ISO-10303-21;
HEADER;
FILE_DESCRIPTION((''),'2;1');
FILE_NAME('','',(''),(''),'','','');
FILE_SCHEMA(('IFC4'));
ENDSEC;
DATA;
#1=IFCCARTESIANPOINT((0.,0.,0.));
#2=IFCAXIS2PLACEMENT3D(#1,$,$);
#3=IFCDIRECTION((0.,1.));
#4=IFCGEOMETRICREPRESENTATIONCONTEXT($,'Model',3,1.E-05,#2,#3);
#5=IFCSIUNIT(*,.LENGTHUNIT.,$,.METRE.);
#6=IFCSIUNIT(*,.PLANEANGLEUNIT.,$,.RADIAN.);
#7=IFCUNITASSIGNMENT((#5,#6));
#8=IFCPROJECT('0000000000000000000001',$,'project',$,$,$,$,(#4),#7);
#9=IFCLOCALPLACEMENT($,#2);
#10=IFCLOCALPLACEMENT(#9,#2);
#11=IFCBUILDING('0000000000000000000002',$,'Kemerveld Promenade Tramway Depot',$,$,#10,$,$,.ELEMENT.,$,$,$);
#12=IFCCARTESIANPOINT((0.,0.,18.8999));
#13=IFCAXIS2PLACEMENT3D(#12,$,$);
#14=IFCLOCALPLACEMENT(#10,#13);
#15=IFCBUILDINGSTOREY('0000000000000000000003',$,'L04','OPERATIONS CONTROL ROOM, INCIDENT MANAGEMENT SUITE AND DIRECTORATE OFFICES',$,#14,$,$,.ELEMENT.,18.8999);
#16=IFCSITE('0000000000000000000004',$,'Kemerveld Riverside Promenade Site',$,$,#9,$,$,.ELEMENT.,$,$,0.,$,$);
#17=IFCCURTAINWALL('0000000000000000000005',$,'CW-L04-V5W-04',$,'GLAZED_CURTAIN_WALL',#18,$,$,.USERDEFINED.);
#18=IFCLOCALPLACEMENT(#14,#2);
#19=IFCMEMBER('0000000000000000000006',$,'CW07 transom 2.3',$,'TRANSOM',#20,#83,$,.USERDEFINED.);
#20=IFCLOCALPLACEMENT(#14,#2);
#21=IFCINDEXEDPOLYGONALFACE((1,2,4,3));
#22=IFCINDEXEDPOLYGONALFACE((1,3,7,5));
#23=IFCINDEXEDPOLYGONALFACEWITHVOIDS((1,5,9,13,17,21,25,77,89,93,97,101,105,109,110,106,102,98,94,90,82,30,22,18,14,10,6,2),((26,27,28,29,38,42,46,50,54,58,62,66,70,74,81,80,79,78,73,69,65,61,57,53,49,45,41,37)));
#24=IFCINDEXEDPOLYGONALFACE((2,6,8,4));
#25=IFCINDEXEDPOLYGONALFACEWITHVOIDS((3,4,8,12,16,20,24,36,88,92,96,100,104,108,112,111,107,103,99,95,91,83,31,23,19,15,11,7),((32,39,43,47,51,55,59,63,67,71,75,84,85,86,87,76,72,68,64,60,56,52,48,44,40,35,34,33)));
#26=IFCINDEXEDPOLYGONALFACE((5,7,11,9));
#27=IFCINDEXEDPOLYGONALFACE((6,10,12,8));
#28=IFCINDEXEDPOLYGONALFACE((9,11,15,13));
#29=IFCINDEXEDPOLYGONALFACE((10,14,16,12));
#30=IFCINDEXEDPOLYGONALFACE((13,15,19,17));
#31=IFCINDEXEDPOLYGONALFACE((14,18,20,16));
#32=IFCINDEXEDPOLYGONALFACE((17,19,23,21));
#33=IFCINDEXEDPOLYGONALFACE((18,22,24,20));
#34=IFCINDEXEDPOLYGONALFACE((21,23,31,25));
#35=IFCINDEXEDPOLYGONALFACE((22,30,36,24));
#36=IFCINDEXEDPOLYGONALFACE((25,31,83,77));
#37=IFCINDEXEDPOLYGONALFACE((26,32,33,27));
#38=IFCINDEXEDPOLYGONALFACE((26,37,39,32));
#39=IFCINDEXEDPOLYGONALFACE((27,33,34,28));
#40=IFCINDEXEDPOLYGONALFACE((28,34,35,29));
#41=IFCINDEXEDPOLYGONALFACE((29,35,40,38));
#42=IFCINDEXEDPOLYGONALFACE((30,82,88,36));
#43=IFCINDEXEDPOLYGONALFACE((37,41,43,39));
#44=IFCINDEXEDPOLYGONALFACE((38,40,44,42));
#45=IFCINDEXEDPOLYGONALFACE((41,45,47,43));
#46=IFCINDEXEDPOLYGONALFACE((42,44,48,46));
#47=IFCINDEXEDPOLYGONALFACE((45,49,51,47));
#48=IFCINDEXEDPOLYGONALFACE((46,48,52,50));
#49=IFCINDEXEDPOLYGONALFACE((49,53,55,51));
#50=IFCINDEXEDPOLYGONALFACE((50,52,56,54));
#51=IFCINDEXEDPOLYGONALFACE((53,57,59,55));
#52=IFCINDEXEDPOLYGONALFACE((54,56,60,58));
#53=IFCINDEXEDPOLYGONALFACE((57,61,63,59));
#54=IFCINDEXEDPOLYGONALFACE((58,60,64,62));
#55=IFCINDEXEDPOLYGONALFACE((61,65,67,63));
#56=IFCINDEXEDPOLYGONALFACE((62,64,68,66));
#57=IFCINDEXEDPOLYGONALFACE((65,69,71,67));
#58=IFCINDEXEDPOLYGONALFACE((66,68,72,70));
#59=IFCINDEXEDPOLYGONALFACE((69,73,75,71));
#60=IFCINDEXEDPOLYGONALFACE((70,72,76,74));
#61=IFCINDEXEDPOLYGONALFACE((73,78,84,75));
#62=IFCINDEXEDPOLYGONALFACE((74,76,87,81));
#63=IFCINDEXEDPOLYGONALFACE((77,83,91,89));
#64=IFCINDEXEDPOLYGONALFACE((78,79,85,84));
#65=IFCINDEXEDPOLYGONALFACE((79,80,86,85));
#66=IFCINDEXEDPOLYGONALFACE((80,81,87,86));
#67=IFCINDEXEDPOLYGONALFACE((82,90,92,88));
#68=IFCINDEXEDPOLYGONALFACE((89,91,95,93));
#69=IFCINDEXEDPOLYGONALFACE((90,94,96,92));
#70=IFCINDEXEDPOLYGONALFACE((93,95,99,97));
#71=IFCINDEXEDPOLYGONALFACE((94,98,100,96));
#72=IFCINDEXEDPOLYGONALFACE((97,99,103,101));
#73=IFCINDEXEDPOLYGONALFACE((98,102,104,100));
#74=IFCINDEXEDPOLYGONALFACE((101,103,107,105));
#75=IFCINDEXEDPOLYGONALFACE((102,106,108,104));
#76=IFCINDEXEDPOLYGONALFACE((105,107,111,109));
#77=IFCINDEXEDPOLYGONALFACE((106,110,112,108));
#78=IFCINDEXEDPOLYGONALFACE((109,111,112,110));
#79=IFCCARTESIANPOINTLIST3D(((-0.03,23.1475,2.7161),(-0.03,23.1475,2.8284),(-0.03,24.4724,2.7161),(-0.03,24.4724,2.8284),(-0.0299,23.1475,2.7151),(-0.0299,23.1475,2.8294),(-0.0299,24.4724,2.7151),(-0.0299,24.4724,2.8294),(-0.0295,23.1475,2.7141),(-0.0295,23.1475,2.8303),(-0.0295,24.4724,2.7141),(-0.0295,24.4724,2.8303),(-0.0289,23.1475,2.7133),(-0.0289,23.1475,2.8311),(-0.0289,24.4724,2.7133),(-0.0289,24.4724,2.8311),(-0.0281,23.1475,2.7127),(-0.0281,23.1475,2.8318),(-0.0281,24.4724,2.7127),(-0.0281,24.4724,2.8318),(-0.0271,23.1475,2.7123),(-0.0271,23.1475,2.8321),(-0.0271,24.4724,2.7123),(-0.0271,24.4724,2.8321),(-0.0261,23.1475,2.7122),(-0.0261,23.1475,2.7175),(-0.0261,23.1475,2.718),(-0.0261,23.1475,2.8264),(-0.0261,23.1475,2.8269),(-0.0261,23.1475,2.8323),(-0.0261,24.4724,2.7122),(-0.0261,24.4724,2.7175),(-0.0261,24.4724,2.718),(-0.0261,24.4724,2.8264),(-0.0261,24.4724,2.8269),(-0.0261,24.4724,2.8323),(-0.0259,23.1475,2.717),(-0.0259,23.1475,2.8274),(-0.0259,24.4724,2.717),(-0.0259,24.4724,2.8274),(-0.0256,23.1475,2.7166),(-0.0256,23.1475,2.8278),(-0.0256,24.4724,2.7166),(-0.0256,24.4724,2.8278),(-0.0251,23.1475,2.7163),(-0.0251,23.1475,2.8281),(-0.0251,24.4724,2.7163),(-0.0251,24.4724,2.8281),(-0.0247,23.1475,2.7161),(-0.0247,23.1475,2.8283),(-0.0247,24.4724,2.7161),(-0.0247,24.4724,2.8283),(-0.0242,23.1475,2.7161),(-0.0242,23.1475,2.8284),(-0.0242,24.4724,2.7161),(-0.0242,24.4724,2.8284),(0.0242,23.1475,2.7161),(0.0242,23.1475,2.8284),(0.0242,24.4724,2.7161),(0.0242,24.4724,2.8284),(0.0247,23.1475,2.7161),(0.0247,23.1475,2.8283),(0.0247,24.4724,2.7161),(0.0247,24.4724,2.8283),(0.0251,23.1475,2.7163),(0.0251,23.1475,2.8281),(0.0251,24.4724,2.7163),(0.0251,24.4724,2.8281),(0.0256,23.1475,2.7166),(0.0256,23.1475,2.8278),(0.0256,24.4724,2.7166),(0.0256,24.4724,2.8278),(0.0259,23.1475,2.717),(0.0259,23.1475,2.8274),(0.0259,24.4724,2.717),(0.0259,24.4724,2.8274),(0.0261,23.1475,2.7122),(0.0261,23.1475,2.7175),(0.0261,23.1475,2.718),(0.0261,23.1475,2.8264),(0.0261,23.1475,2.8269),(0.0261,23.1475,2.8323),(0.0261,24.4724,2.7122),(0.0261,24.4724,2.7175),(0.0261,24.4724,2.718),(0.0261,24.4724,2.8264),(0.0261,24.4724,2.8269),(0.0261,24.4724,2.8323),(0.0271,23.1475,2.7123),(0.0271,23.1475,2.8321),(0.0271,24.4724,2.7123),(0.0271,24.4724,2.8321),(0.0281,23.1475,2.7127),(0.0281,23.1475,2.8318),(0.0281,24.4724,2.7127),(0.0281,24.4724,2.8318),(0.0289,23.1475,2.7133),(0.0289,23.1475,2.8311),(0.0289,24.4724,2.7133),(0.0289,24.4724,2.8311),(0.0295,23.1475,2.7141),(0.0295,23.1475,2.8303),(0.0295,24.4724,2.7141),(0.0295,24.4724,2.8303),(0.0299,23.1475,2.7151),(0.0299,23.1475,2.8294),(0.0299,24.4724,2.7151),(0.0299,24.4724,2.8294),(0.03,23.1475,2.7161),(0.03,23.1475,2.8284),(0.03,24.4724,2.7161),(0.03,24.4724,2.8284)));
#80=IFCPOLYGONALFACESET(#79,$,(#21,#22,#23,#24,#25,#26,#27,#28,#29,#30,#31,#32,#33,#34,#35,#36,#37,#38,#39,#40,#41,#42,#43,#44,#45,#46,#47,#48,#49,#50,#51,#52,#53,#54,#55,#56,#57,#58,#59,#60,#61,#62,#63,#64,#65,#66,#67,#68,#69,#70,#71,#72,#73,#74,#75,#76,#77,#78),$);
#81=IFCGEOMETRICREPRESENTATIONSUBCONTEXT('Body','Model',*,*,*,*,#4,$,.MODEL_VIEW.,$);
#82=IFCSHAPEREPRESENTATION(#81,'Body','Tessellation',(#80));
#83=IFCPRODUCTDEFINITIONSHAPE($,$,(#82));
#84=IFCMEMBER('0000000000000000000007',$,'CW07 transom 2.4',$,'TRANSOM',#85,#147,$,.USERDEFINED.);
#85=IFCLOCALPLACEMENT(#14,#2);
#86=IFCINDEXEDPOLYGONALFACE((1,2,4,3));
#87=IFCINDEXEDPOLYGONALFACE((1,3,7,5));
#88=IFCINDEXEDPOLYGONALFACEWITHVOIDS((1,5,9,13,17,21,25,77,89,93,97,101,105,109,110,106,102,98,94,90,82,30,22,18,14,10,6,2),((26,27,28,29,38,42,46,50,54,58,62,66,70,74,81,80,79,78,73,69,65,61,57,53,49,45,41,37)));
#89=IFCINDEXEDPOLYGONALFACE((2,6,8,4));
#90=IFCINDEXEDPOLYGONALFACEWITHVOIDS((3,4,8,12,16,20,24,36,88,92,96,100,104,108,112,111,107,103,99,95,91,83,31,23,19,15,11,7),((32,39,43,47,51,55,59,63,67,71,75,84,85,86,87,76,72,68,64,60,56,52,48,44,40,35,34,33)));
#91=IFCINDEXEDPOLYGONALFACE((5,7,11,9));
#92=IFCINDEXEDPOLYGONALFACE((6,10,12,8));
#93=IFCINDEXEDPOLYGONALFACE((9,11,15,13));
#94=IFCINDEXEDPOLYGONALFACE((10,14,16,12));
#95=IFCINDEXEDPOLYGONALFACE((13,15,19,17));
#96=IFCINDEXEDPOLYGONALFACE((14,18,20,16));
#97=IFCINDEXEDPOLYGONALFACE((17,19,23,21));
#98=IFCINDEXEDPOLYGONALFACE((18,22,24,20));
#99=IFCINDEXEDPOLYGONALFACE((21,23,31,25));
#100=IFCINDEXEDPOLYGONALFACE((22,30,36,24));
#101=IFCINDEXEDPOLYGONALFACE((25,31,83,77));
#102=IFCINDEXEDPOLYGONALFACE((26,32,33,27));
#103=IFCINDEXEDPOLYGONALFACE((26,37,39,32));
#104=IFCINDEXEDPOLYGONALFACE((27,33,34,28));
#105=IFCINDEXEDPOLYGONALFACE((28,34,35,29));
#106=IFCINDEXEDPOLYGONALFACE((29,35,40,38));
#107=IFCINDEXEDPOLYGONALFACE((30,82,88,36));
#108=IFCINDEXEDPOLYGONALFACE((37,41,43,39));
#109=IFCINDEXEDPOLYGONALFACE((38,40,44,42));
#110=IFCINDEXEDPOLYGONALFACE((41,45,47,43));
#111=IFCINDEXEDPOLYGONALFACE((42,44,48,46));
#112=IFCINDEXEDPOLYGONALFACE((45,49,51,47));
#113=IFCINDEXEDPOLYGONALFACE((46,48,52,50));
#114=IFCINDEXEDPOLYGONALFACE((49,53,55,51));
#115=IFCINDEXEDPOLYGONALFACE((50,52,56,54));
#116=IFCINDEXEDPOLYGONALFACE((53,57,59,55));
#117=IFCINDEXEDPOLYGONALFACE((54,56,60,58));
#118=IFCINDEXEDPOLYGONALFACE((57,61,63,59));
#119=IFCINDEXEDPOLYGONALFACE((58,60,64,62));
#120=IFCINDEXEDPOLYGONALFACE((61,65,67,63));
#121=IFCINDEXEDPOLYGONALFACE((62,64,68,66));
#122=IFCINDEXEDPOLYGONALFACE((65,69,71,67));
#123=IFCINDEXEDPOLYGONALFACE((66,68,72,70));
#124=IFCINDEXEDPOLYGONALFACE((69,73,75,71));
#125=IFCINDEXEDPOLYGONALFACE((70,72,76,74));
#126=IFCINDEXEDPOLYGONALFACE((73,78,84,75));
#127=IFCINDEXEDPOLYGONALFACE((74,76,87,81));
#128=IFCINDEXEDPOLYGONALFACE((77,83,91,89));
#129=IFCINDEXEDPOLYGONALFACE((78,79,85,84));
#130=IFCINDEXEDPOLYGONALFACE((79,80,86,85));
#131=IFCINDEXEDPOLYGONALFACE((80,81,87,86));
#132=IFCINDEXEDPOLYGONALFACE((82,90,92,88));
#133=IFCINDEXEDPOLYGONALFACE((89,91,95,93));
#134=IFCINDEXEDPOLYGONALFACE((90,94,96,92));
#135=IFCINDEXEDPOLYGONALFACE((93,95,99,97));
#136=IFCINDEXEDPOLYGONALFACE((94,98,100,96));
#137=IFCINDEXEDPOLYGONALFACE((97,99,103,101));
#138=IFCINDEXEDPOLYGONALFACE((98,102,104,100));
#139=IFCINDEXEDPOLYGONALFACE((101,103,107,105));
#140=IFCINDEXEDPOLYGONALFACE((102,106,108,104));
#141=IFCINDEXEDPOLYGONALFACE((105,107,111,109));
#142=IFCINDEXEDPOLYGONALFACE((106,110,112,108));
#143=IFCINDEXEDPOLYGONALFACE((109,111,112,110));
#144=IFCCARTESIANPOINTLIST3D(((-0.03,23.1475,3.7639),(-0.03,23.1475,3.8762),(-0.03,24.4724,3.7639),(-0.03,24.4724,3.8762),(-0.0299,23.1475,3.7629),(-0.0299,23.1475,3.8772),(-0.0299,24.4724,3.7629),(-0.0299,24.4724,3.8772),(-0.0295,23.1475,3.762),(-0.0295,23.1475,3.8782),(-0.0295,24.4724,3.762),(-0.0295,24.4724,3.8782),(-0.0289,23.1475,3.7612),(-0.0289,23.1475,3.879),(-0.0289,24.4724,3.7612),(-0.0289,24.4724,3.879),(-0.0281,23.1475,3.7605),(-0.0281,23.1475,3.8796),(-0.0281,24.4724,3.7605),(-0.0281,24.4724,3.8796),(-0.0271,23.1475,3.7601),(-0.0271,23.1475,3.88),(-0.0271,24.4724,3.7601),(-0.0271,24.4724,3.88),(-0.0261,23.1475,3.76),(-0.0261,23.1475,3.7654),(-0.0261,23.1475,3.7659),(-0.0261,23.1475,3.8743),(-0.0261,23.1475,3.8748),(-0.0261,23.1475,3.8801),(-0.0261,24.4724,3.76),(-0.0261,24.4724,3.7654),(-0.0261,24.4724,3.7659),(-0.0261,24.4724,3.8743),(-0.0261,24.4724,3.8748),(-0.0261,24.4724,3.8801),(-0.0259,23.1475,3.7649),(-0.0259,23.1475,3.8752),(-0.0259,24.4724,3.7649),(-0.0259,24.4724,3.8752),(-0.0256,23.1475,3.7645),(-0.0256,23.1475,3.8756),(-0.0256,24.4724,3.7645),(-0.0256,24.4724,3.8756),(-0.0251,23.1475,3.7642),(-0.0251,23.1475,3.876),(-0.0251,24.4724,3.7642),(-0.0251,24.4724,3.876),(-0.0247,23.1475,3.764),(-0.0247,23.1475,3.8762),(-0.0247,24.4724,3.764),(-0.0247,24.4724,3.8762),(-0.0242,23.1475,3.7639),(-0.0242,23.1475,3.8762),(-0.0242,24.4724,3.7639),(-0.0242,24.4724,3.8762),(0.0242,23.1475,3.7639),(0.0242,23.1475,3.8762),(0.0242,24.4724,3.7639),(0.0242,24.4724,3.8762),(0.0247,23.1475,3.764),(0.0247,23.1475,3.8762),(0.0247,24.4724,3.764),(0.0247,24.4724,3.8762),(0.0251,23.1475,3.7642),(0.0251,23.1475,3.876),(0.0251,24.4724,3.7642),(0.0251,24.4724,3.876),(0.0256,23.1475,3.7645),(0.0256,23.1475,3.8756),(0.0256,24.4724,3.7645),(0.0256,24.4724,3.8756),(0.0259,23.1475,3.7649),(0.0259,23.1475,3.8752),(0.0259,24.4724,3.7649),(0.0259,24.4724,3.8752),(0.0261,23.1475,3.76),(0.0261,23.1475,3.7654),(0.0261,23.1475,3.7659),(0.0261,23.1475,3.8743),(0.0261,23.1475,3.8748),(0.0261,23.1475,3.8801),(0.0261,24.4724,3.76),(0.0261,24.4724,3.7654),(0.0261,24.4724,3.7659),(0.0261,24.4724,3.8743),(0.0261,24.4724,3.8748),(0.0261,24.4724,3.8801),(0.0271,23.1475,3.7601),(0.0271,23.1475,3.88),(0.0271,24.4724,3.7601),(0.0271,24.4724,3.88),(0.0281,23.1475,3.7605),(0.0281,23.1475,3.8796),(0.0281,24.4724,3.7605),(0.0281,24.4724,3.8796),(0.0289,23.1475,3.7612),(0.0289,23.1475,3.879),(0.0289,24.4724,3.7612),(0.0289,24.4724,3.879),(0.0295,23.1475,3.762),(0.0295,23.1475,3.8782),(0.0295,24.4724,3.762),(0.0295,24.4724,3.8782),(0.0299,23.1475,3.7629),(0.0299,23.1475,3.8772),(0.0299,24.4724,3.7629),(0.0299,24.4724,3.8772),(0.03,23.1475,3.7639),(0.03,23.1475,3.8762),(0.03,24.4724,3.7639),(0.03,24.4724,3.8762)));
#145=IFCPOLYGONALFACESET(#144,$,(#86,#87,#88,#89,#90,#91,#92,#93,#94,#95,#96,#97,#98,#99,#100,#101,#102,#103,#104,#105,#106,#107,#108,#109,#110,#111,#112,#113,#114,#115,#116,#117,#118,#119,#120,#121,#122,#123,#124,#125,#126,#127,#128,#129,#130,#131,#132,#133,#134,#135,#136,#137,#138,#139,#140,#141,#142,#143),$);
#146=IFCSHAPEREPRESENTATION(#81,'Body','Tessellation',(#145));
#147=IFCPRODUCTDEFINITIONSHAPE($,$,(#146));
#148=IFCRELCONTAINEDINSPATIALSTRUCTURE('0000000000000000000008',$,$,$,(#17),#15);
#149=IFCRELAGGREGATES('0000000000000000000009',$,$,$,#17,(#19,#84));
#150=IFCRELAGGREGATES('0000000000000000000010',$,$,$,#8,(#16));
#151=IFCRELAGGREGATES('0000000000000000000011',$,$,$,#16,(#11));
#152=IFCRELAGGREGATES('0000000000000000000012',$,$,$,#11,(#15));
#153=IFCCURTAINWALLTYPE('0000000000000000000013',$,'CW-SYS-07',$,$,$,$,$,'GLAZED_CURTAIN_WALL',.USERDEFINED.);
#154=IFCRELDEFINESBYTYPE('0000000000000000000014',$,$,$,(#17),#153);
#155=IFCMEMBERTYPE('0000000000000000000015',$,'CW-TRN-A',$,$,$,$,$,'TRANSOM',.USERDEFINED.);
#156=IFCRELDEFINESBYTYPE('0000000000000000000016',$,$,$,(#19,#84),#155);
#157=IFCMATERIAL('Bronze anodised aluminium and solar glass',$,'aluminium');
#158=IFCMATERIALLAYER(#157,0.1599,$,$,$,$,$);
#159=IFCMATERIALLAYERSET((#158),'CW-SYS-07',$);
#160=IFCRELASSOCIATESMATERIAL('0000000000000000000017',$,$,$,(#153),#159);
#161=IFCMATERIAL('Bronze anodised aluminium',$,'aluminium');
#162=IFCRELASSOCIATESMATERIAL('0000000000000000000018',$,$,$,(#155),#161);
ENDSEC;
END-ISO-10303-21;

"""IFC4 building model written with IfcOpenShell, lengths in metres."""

from ifc_helpers import new_model, si_unit, direction, frame, origin, origin_2d, place, context, subcontext, project, spatial, hollow_rectangle, extrude, material, layer, layer_set, material_profile, profile_set, type_object, element, aggregate, save


model = new_model("IFC4")

# Units and contexts
model_context = context("Model", 3, precision=1e-05, world=origin(), true_north=direction((0.0, 1.0)))
body_context = subcontext(model_context, "Body", "Model", "MODEL_VIEW")
ifc_project = project(units=[si_unit("LENGTHUNIT", "METRE"), si_unit("PLANEANGLEUNIT", "RADIAN")], contexts=[model_context])

# Site, building, storey
site_placement = place(None, origin())
site = spatial("IfcSite", under=ifc_project, at=site_placement, Name="Kemerveld Riverside Promenade Site", CompositionType="ELEMENT", RefElevation=0.0)
building_placement = place(site_placement, origin())
building = spatial("IfcBuilding", under=site, at=building_placement, Name="Kemerveld Promenade Tramway Depot", CompositionType="ELEMENT")
storey_placement = place(building_placement, frame((0.0, 0.0, 18.8999)))
storey = spatial("IfcBuildingStorey", under=building, at=storey_placement, Name="L04", Description="OPERATIONS CONTROL ROOM, INCIDENT MANAGEMENT SUITE AND DIRECTORATE OFFICES", CompositionType="ELEMENT", Elevation=18.8999)

# Curtain wall, members
ifc_material_1 = material(Name="Bronze anodised aluminium and solar glass", Category="aluminium")
ifc_layer_1 = layer(ifc_material_1, 0.1599)
ifc_layer_set_1 = layer_set([ifc_layer_1], Name="CW-SYS-07")
curtain_wall_type = type_object("IfcCurtainWallType", Name="CW-SYS-07", ElementType="GLAZED_CURTAIN_WALL", PredefinedType="USERDEFINED", material=ifc_layer_set_1)
curtain_wall_placement = place(storey_placement, origin())
curtain_wall = element("IfcCurtainWall", 1, at=curtain_wall_placement, inside=storey, type_object=curtain_wall_type, Name="CW-L04-V5W-04", ObjectType="GLAZED_CURTAIN_WALL", PredefinedType="USERDEFINED")
ifc_material_2 = material(Name="Bronze anodised aluminium", Category="aluminium")
ifc_material_profile_1 = material_profile(ifc_material_2, hollow_rectangle(XDim=0.0601, YDim=0.1201, WallThickness=0.0039, InnerFilletRadius=0.002, OuterFilletRadius=0.0039, at=origin_2d()), Name="CW-TRN-120x60")
ifc_profile_set_1 = profile_set([ifc_material_profile_1], Name="Bronze anodised aluminium")
member_type_1 = type_object("IfcMemberType", Name="CW-TRN-A", ElementType="TRANSOM", PredefinedType="USERDEFINED", material=ifc_profile_set_1)
member_1_placement = place(storey_placement, frame((0.0, 23.1475, 2.7722), z_axis=(0.0, 1.0, 0.0), x_axis=(-1.0, 0.0, 0.0)))
member_1 = element("IfcMember", 2, at=member_1_placement, type_object=member_type_1, Name="CW07 transom 2.3", ObjectType="TRANSOM", PredefinedType="USERDEFINED", context=body_context, shape_type="SweptSolid", body=[
    extrude(hollow_rectangle(XDim=0.0601, YDim=0.1201, WallThickness=0.0039, InnerFilletRadius=0.002, OuterFilletRadius=0.0039, at=origin_2d()), origin(), (0.0, 0.0, 1.0), 1.325),
])
member_2_placement = place(storey_placement, frame((0.0, 23.1475, 3.8201), z_axis=(0.0, 1.0, 0.0), x_axis=(-1.0, 0.0, 0.0)))
member_2 = element("IfcMember", 3, at=member_2_placement, type_object=member_type_1, Name="CW07 transom 2.4", ObjectType="TRANSOM", PredefinedType="USERDEFINED", context=body_context, shape_type="SweptSolid", body=[
    extrude(hollow_rectangle(XDim=0.0601, YDim=0.1201, WallThickness=0.0039, InnerFilletRadius=0.002, OuterFilletRadius=0.0039, at=origin_2d()), origin(), (0.0, 0.0, 1.0), 1.325),
])
aggregate(curtain_wall, [member_1, member_2])

save(model, "model.ifc")
